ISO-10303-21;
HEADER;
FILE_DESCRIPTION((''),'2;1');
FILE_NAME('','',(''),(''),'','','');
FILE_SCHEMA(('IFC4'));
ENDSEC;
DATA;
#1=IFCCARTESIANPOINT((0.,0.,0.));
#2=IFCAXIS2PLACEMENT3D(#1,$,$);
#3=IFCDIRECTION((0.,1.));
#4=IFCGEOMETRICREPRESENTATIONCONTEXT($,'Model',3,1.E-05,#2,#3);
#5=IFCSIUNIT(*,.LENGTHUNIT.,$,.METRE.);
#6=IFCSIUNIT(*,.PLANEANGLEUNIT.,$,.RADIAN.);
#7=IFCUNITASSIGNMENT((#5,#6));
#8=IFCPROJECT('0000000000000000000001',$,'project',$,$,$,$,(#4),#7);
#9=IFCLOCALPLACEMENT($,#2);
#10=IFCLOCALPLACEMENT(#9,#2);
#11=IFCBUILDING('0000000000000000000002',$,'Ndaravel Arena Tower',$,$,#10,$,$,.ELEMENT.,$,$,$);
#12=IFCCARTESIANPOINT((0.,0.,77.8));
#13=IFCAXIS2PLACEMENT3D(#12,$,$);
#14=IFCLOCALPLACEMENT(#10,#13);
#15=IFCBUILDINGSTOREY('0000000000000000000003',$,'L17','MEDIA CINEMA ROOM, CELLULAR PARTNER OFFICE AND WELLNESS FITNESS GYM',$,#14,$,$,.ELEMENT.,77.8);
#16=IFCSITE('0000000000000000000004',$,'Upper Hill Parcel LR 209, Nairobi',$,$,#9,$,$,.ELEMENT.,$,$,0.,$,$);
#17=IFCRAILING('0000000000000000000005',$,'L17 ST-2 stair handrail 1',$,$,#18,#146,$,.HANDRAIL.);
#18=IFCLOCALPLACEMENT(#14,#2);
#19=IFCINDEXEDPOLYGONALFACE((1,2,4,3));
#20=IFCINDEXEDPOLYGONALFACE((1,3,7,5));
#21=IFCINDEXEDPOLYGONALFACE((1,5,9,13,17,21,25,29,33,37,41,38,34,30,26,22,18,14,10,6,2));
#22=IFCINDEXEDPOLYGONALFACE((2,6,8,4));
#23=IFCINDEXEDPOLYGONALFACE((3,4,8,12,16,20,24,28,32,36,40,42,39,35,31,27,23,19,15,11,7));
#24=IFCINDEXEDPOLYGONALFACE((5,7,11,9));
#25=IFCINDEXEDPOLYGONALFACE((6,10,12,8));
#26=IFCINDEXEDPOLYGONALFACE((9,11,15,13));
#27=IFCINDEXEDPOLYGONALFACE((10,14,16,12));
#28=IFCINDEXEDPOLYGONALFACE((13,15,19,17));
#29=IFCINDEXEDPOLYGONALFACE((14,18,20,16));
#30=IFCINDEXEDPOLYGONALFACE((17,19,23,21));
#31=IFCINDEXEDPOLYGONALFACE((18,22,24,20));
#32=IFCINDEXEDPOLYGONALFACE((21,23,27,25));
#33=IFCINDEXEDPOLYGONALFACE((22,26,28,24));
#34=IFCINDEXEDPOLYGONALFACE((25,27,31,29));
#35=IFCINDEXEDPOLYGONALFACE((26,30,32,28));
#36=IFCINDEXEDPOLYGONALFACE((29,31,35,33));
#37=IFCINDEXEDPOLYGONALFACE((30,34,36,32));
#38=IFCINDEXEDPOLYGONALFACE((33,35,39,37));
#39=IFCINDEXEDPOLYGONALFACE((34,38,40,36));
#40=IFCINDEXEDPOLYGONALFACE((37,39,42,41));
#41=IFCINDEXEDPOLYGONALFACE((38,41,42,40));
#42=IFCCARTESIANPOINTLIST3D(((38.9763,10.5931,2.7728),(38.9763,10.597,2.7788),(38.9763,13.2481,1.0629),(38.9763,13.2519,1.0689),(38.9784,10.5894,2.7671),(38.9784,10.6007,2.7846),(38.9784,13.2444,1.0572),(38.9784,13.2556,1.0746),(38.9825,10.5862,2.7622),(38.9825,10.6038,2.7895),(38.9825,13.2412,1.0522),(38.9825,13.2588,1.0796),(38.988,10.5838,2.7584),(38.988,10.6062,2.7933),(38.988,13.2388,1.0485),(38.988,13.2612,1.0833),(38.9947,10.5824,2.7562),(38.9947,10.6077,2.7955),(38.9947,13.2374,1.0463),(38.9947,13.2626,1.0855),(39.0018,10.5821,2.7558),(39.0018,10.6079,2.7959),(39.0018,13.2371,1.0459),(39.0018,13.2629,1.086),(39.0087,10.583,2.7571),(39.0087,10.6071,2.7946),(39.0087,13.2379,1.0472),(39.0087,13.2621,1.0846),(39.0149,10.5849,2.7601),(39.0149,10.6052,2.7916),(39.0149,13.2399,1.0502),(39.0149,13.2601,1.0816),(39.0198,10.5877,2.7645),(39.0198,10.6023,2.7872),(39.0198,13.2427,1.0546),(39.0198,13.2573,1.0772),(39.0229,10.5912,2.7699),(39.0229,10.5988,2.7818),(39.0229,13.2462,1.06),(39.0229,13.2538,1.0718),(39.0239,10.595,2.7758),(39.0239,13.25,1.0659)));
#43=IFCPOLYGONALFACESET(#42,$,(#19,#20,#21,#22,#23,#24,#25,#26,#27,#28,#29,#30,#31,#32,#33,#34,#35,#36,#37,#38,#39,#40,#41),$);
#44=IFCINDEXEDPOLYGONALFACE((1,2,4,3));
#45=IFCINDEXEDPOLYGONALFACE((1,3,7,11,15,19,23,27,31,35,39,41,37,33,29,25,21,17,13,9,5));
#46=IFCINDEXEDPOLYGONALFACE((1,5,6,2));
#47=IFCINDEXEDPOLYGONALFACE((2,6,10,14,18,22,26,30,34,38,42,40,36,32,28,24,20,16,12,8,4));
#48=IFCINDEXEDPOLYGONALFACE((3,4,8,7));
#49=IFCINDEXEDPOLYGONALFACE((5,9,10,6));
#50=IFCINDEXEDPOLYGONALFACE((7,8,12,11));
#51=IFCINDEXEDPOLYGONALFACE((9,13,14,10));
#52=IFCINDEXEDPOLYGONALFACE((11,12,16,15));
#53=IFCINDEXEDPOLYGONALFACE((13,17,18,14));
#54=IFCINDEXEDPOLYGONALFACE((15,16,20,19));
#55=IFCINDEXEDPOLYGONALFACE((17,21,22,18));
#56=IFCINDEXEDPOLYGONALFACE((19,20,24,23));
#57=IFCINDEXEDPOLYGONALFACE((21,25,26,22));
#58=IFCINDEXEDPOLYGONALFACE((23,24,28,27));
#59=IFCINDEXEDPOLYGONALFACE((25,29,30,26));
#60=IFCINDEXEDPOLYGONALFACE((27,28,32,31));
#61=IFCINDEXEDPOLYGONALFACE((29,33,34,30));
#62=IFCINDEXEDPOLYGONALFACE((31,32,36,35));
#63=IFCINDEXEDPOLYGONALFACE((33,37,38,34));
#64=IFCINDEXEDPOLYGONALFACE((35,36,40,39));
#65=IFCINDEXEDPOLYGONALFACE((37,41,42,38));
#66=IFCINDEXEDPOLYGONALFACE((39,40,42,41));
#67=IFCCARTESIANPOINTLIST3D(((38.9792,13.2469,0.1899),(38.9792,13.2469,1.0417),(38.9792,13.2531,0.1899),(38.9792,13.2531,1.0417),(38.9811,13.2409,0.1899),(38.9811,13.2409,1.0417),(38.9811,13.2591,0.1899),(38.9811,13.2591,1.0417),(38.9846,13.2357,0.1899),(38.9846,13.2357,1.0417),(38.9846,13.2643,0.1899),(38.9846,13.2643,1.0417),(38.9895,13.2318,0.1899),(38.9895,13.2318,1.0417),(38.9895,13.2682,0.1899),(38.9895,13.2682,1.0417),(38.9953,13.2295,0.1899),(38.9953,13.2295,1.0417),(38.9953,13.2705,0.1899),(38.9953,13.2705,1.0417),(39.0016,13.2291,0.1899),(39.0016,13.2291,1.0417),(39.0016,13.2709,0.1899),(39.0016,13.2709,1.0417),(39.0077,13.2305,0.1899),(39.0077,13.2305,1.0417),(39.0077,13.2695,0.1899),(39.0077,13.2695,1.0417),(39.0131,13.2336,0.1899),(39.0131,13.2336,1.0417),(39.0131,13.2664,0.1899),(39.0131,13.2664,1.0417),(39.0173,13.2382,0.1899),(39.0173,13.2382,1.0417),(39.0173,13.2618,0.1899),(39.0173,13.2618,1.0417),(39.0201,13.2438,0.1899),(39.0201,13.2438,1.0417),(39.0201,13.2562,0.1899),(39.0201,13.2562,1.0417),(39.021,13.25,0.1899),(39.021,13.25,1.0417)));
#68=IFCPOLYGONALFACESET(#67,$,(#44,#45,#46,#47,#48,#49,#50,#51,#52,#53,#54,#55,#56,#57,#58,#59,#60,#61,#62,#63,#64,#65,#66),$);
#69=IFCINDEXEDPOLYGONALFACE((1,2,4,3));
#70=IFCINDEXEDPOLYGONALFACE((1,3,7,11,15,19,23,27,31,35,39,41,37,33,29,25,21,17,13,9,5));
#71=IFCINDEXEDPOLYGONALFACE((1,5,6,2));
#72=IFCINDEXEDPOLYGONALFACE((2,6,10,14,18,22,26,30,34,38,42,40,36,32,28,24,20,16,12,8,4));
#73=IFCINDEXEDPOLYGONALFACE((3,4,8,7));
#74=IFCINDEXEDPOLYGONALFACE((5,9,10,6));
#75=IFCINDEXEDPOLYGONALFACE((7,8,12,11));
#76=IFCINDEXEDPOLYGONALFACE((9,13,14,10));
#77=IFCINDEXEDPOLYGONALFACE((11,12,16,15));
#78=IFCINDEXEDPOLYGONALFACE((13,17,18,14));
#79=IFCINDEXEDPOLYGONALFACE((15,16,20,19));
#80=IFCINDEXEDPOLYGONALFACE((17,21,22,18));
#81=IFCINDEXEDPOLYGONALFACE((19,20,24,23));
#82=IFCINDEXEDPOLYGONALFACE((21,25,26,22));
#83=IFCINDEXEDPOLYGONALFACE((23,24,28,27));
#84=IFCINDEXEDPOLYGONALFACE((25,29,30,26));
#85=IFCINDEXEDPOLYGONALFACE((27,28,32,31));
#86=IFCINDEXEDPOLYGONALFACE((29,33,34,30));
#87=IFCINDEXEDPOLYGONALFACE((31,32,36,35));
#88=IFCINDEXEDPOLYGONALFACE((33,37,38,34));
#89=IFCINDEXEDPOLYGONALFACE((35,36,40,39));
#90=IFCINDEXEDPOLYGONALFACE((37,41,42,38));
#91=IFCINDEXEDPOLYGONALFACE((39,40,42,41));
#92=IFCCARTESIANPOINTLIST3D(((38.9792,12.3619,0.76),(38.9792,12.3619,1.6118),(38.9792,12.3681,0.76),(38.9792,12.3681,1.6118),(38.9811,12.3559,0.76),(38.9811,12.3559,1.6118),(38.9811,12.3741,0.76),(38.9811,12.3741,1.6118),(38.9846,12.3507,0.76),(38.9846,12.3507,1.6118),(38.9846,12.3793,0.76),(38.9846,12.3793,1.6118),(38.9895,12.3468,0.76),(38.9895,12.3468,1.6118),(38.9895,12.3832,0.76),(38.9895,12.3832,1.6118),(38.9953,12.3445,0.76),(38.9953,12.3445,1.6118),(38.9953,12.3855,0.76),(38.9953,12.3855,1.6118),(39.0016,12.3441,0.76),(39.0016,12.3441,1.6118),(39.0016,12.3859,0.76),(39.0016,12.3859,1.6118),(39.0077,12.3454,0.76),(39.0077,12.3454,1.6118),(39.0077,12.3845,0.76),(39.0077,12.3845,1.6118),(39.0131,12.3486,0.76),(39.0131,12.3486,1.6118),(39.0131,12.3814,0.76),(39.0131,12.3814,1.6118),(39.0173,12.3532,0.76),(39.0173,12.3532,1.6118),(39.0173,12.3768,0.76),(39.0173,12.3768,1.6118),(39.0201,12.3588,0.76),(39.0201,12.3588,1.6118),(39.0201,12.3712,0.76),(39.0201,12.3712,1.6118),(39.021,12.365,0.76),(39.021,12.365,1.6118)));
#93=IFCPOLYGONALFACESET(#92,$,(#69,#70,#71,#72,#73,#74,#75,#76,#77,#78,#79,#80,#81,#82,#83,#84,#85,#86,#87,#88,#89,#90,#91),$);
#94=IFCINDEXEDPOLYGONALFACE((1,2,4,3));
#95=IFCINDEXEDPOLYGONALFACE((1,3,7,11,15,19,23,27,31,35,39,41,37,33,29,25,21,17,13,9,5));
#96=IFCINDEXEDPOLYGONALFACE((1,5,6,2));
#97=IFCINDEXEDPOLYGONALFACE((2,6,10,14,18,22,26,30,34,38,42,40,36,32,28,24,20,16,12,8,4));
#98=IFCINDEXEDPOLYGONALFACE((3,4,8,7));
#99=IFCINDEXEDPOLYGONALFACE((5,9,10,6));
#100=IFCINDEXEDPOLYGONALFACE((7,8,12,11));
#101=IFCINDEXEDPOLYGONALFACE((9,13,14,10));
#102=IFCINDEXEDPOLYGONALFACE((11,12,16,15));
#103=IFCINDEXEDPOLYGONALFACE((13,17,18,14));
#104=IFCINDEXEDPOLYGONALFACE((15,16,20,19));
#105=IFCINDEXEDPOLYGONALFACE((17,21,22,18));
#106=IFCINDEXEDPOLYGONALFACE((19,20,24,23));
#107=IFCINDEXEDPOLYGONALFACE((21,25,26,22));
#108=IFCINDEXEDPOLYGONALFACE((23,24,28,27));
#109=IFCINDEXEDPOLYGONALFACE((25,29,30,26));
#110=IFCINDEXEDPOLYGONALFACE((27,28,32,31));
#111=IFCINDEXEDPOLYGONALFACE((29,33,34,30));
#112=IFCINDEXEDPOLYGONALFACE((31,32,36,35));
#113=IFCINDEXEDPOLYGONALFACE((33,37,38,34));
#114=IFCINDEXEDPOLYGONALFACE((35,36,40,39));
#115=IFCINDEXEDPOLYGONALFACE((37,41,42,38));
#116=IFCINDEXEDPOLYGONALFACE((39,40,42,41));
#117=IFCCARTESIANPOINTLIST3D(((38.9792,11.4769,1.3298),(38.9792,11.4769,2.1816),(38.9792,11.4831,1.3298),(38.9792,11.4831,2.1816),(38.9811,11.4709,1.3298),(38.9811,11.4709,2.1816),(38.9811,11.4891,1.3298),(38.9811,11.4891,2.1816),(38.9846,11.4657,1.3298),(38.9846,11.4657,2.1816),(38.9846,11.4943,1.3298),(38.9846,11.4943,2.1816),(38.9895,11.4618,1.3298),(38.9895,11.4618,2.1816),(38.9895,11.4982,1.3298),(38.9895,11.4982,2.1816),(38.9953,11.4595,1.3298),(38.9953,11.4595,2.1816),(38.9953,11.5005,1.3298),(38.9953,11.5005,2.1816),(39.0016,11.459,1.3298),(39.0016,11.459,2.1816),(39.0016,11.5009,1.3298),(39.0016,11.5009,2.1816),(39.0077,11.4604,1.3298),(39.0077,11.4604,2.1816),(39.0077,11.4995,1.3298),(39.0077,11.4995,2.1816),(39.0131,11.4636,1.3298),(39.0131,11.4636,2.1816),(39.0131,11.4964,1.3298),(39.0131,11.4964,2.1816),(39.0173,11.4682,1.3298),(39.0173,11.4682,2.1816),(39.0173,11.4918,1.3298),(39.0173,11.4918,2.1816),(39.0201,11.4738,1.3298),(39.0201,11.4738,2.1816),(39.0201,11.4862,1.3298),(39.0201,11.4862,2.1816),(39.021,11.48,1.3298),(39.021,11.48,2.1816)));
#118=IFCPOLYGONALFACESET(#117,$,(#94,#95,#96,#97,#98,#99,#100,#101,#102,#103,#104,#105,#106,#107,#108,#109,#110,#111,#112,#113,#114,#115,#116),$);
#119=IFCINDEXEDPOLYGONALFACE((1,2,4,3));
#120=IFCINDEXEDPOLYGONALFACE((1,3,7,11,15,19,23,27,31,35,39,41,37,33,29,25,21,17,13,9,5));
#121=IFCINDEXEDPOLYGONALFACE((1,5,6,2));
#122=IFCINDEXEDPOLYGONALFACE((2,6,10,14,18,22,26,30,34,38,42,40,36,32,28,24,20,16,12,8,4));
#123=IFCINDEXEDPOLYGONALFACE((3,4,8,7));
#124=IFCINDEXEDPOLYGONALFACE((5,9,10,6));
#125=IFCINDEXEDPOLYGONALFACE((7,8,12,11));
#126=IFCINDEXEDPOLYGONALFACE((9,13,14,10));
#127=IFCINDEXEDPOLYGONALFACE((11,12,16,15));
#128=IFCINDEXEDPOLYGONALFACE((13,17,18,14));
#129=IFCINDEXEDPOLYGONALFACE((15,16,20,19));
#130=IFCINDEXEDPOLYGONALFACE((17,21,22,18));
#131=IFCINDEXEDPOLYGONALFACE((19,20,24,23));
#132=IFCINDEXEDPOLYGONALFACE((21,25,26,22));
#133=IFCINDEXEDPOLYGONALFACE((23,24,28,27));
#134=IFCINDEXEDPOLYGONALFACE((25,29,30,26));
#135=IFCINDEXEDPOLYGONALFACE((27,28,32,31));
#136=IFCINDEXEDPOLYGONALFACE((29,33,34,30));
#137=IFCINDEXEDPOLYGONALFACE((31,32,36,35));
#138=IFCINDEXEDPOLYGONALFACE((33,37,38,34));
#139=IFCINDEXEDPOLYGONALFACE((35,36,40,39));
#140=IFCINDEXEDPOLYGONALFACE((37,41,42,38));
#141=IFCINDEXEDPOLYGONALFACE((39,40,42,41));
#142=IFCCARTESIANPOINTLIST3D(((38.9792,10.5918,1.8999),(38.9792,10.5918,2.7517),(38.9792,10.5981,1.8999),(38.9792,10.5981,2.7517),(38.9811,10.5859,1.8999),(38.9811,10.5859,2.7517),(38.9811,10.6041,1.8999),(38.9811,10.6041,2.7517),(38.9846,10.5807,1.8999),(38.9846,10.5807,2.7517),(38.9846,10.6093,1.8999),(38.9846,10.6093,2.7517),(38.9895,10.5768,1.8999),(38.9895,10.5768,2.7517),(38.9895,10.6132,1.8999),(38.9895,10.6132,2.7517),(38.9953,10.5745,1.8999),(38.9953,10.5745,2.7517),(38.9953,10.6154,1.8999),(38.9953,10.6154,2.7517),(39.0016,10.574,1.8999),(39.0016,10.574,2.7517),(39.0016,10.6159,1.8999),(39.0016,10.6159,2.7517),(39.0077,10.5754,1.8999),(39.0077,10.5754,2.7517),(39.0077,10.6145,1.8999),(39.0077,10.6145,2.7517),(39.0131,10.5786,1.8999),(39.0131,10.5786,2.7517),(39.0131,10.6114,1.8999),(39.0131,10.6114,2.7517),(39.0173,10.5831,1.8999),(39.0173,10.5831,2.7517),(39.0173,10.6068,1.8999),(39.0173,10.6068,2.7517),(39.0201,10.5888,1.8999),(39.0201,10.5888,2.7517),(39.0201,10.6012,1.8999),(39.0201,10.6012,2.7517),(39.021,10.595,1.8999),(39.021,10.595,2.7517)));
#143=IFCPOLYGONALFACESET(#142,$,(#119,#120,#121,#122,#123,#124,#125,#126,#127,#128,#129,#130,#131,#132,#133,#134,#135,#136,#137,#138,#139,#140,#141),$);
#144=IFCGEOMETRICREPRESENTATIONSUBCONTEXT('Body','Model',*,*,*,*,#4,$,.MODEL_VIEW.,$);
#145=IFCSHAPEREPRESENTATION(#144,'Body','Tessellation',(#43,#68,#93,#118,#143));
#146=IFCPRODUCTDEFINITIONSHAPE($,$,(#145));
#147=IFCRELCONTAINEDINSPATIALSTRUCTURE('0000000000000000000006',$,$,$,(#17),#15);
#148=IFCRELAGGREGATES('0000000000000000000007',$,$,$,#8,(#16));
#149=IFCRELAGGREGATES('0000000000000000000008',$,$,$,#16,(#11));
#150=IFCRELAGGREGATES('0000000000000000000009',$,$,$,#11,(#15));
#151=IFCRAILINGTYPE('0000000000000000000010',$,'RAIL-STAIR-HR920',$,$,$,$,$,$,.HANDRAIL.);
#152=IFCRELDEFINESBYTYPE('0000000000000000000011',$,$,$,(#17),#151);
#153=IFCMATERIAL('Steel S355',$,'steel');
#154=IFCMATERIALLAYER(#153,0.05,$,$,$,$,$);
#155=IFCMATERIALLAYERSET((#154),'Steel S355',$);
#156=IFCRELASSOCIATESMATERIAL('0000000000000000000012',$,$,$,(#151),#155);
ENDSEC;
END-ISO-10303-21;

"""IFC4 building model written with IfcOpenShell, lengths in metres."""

from ifc_helpers import new_model, si_unit, direction, frame, origin, origin_2d, place, context, subcontext, project, spatial, circle, extrude, material, layer, layer_set, type_object, element, save


model = new_model("IFC4")

# Units and contexts
model_context = context("Model", 3, precision=1e-05, world=origin(), true_north=direction((0.0, 1.0)))
body_context = subcontext(model_context, "Body", "Model", "MODEL_VIEW")
ifc_project = project(units=[si_unit("LENGTHUNIT", "METRE"), si_unit("PLANEANGLEUNIT", "RADIAN")], contexts=[model_context])

# Site, building, storey
site_placement = place(None, origin())
site = spatial("IfcSite", under=ifc_project, at=site_placement, Name="Upper Hill Parcel LR 209, Nairobi", CompositionType="ELEMENT", RefElevation=0.0)
building_placement = place(site_placement, origin())
building = spatial("IfcBuilding", under=site, at=building_placement, Name="Ndaravel Arena Tower", CompositionType="ELEMENT")
storey_placement = place(building_placement, frame((0.0, 0.0, 77.8)))
storey = spatial("IfcBuildingStorey", under=building, at=storey_placement, Name="L17", Description="MEDIA CINEMA ROOM, CELLULAR PARTNER OFFICE AND WELLNESS FITNESS GYM", CompositionType="ELEMENT", Elevation=77.8)

# Railing
ifc_material_1 = material(Name="Steel S355", Category="steel")
ifc_layer_1 = layer(ifc_material_1, 0.05)
ifc_layer_set_1 = layer_set([ifc_layer_1], Name="Steel S355")
railing_type_1 = type_object("IfcRailingType", Name="RAIL-STAIR-HR920", PredefinedType="HANDRAIL", material=ifc_layer_set_1)
railing_1_placement = place(storey_placement, frame((39.0, 13.25, 0.1899)))
element("IfcRailing", 1, at=railing_1_placement, inside=storey, type_object=railing_type_1, Name="L17 ST-2 stair handrail 1", PredefinedType="HANDRAIL", context=body_context, shape_type="SweptSolid", body=[
    extrude(circle(Radius=0.0239, at=origin_2d()), frame((0.0, 0.0, 0.876), z_axis=(0.0, -0.840724, 0.541465), x_axis=(1.0, 0.0, 0.0)), (0.0, 0.0, 1.0), 3.158),
    extrude(circle(Radius=0.021, at=origin_2d()), origin(), (0.0, 0.0, 1.0), 0.8518),
    extrude(circle(Radius=0.021, at=origin_2d()), frame((0.0, -0.885, 0.5701)), (0.0, 0.0, 1.0), 0.8518),
    extrude(circle(Radius=0.021, at=origin_2d()), frame((0.0, -1.77, 1.1399)), (0.0, 0.0, 1.0), 0.8518),
    extrude(circle(Radius=0.021, at=origin_2d()), frame((0.0, -2.655, 1.71)), (0.0, 0.0, 1.0), 0.8518),
])

save(model, "model.ifc")
